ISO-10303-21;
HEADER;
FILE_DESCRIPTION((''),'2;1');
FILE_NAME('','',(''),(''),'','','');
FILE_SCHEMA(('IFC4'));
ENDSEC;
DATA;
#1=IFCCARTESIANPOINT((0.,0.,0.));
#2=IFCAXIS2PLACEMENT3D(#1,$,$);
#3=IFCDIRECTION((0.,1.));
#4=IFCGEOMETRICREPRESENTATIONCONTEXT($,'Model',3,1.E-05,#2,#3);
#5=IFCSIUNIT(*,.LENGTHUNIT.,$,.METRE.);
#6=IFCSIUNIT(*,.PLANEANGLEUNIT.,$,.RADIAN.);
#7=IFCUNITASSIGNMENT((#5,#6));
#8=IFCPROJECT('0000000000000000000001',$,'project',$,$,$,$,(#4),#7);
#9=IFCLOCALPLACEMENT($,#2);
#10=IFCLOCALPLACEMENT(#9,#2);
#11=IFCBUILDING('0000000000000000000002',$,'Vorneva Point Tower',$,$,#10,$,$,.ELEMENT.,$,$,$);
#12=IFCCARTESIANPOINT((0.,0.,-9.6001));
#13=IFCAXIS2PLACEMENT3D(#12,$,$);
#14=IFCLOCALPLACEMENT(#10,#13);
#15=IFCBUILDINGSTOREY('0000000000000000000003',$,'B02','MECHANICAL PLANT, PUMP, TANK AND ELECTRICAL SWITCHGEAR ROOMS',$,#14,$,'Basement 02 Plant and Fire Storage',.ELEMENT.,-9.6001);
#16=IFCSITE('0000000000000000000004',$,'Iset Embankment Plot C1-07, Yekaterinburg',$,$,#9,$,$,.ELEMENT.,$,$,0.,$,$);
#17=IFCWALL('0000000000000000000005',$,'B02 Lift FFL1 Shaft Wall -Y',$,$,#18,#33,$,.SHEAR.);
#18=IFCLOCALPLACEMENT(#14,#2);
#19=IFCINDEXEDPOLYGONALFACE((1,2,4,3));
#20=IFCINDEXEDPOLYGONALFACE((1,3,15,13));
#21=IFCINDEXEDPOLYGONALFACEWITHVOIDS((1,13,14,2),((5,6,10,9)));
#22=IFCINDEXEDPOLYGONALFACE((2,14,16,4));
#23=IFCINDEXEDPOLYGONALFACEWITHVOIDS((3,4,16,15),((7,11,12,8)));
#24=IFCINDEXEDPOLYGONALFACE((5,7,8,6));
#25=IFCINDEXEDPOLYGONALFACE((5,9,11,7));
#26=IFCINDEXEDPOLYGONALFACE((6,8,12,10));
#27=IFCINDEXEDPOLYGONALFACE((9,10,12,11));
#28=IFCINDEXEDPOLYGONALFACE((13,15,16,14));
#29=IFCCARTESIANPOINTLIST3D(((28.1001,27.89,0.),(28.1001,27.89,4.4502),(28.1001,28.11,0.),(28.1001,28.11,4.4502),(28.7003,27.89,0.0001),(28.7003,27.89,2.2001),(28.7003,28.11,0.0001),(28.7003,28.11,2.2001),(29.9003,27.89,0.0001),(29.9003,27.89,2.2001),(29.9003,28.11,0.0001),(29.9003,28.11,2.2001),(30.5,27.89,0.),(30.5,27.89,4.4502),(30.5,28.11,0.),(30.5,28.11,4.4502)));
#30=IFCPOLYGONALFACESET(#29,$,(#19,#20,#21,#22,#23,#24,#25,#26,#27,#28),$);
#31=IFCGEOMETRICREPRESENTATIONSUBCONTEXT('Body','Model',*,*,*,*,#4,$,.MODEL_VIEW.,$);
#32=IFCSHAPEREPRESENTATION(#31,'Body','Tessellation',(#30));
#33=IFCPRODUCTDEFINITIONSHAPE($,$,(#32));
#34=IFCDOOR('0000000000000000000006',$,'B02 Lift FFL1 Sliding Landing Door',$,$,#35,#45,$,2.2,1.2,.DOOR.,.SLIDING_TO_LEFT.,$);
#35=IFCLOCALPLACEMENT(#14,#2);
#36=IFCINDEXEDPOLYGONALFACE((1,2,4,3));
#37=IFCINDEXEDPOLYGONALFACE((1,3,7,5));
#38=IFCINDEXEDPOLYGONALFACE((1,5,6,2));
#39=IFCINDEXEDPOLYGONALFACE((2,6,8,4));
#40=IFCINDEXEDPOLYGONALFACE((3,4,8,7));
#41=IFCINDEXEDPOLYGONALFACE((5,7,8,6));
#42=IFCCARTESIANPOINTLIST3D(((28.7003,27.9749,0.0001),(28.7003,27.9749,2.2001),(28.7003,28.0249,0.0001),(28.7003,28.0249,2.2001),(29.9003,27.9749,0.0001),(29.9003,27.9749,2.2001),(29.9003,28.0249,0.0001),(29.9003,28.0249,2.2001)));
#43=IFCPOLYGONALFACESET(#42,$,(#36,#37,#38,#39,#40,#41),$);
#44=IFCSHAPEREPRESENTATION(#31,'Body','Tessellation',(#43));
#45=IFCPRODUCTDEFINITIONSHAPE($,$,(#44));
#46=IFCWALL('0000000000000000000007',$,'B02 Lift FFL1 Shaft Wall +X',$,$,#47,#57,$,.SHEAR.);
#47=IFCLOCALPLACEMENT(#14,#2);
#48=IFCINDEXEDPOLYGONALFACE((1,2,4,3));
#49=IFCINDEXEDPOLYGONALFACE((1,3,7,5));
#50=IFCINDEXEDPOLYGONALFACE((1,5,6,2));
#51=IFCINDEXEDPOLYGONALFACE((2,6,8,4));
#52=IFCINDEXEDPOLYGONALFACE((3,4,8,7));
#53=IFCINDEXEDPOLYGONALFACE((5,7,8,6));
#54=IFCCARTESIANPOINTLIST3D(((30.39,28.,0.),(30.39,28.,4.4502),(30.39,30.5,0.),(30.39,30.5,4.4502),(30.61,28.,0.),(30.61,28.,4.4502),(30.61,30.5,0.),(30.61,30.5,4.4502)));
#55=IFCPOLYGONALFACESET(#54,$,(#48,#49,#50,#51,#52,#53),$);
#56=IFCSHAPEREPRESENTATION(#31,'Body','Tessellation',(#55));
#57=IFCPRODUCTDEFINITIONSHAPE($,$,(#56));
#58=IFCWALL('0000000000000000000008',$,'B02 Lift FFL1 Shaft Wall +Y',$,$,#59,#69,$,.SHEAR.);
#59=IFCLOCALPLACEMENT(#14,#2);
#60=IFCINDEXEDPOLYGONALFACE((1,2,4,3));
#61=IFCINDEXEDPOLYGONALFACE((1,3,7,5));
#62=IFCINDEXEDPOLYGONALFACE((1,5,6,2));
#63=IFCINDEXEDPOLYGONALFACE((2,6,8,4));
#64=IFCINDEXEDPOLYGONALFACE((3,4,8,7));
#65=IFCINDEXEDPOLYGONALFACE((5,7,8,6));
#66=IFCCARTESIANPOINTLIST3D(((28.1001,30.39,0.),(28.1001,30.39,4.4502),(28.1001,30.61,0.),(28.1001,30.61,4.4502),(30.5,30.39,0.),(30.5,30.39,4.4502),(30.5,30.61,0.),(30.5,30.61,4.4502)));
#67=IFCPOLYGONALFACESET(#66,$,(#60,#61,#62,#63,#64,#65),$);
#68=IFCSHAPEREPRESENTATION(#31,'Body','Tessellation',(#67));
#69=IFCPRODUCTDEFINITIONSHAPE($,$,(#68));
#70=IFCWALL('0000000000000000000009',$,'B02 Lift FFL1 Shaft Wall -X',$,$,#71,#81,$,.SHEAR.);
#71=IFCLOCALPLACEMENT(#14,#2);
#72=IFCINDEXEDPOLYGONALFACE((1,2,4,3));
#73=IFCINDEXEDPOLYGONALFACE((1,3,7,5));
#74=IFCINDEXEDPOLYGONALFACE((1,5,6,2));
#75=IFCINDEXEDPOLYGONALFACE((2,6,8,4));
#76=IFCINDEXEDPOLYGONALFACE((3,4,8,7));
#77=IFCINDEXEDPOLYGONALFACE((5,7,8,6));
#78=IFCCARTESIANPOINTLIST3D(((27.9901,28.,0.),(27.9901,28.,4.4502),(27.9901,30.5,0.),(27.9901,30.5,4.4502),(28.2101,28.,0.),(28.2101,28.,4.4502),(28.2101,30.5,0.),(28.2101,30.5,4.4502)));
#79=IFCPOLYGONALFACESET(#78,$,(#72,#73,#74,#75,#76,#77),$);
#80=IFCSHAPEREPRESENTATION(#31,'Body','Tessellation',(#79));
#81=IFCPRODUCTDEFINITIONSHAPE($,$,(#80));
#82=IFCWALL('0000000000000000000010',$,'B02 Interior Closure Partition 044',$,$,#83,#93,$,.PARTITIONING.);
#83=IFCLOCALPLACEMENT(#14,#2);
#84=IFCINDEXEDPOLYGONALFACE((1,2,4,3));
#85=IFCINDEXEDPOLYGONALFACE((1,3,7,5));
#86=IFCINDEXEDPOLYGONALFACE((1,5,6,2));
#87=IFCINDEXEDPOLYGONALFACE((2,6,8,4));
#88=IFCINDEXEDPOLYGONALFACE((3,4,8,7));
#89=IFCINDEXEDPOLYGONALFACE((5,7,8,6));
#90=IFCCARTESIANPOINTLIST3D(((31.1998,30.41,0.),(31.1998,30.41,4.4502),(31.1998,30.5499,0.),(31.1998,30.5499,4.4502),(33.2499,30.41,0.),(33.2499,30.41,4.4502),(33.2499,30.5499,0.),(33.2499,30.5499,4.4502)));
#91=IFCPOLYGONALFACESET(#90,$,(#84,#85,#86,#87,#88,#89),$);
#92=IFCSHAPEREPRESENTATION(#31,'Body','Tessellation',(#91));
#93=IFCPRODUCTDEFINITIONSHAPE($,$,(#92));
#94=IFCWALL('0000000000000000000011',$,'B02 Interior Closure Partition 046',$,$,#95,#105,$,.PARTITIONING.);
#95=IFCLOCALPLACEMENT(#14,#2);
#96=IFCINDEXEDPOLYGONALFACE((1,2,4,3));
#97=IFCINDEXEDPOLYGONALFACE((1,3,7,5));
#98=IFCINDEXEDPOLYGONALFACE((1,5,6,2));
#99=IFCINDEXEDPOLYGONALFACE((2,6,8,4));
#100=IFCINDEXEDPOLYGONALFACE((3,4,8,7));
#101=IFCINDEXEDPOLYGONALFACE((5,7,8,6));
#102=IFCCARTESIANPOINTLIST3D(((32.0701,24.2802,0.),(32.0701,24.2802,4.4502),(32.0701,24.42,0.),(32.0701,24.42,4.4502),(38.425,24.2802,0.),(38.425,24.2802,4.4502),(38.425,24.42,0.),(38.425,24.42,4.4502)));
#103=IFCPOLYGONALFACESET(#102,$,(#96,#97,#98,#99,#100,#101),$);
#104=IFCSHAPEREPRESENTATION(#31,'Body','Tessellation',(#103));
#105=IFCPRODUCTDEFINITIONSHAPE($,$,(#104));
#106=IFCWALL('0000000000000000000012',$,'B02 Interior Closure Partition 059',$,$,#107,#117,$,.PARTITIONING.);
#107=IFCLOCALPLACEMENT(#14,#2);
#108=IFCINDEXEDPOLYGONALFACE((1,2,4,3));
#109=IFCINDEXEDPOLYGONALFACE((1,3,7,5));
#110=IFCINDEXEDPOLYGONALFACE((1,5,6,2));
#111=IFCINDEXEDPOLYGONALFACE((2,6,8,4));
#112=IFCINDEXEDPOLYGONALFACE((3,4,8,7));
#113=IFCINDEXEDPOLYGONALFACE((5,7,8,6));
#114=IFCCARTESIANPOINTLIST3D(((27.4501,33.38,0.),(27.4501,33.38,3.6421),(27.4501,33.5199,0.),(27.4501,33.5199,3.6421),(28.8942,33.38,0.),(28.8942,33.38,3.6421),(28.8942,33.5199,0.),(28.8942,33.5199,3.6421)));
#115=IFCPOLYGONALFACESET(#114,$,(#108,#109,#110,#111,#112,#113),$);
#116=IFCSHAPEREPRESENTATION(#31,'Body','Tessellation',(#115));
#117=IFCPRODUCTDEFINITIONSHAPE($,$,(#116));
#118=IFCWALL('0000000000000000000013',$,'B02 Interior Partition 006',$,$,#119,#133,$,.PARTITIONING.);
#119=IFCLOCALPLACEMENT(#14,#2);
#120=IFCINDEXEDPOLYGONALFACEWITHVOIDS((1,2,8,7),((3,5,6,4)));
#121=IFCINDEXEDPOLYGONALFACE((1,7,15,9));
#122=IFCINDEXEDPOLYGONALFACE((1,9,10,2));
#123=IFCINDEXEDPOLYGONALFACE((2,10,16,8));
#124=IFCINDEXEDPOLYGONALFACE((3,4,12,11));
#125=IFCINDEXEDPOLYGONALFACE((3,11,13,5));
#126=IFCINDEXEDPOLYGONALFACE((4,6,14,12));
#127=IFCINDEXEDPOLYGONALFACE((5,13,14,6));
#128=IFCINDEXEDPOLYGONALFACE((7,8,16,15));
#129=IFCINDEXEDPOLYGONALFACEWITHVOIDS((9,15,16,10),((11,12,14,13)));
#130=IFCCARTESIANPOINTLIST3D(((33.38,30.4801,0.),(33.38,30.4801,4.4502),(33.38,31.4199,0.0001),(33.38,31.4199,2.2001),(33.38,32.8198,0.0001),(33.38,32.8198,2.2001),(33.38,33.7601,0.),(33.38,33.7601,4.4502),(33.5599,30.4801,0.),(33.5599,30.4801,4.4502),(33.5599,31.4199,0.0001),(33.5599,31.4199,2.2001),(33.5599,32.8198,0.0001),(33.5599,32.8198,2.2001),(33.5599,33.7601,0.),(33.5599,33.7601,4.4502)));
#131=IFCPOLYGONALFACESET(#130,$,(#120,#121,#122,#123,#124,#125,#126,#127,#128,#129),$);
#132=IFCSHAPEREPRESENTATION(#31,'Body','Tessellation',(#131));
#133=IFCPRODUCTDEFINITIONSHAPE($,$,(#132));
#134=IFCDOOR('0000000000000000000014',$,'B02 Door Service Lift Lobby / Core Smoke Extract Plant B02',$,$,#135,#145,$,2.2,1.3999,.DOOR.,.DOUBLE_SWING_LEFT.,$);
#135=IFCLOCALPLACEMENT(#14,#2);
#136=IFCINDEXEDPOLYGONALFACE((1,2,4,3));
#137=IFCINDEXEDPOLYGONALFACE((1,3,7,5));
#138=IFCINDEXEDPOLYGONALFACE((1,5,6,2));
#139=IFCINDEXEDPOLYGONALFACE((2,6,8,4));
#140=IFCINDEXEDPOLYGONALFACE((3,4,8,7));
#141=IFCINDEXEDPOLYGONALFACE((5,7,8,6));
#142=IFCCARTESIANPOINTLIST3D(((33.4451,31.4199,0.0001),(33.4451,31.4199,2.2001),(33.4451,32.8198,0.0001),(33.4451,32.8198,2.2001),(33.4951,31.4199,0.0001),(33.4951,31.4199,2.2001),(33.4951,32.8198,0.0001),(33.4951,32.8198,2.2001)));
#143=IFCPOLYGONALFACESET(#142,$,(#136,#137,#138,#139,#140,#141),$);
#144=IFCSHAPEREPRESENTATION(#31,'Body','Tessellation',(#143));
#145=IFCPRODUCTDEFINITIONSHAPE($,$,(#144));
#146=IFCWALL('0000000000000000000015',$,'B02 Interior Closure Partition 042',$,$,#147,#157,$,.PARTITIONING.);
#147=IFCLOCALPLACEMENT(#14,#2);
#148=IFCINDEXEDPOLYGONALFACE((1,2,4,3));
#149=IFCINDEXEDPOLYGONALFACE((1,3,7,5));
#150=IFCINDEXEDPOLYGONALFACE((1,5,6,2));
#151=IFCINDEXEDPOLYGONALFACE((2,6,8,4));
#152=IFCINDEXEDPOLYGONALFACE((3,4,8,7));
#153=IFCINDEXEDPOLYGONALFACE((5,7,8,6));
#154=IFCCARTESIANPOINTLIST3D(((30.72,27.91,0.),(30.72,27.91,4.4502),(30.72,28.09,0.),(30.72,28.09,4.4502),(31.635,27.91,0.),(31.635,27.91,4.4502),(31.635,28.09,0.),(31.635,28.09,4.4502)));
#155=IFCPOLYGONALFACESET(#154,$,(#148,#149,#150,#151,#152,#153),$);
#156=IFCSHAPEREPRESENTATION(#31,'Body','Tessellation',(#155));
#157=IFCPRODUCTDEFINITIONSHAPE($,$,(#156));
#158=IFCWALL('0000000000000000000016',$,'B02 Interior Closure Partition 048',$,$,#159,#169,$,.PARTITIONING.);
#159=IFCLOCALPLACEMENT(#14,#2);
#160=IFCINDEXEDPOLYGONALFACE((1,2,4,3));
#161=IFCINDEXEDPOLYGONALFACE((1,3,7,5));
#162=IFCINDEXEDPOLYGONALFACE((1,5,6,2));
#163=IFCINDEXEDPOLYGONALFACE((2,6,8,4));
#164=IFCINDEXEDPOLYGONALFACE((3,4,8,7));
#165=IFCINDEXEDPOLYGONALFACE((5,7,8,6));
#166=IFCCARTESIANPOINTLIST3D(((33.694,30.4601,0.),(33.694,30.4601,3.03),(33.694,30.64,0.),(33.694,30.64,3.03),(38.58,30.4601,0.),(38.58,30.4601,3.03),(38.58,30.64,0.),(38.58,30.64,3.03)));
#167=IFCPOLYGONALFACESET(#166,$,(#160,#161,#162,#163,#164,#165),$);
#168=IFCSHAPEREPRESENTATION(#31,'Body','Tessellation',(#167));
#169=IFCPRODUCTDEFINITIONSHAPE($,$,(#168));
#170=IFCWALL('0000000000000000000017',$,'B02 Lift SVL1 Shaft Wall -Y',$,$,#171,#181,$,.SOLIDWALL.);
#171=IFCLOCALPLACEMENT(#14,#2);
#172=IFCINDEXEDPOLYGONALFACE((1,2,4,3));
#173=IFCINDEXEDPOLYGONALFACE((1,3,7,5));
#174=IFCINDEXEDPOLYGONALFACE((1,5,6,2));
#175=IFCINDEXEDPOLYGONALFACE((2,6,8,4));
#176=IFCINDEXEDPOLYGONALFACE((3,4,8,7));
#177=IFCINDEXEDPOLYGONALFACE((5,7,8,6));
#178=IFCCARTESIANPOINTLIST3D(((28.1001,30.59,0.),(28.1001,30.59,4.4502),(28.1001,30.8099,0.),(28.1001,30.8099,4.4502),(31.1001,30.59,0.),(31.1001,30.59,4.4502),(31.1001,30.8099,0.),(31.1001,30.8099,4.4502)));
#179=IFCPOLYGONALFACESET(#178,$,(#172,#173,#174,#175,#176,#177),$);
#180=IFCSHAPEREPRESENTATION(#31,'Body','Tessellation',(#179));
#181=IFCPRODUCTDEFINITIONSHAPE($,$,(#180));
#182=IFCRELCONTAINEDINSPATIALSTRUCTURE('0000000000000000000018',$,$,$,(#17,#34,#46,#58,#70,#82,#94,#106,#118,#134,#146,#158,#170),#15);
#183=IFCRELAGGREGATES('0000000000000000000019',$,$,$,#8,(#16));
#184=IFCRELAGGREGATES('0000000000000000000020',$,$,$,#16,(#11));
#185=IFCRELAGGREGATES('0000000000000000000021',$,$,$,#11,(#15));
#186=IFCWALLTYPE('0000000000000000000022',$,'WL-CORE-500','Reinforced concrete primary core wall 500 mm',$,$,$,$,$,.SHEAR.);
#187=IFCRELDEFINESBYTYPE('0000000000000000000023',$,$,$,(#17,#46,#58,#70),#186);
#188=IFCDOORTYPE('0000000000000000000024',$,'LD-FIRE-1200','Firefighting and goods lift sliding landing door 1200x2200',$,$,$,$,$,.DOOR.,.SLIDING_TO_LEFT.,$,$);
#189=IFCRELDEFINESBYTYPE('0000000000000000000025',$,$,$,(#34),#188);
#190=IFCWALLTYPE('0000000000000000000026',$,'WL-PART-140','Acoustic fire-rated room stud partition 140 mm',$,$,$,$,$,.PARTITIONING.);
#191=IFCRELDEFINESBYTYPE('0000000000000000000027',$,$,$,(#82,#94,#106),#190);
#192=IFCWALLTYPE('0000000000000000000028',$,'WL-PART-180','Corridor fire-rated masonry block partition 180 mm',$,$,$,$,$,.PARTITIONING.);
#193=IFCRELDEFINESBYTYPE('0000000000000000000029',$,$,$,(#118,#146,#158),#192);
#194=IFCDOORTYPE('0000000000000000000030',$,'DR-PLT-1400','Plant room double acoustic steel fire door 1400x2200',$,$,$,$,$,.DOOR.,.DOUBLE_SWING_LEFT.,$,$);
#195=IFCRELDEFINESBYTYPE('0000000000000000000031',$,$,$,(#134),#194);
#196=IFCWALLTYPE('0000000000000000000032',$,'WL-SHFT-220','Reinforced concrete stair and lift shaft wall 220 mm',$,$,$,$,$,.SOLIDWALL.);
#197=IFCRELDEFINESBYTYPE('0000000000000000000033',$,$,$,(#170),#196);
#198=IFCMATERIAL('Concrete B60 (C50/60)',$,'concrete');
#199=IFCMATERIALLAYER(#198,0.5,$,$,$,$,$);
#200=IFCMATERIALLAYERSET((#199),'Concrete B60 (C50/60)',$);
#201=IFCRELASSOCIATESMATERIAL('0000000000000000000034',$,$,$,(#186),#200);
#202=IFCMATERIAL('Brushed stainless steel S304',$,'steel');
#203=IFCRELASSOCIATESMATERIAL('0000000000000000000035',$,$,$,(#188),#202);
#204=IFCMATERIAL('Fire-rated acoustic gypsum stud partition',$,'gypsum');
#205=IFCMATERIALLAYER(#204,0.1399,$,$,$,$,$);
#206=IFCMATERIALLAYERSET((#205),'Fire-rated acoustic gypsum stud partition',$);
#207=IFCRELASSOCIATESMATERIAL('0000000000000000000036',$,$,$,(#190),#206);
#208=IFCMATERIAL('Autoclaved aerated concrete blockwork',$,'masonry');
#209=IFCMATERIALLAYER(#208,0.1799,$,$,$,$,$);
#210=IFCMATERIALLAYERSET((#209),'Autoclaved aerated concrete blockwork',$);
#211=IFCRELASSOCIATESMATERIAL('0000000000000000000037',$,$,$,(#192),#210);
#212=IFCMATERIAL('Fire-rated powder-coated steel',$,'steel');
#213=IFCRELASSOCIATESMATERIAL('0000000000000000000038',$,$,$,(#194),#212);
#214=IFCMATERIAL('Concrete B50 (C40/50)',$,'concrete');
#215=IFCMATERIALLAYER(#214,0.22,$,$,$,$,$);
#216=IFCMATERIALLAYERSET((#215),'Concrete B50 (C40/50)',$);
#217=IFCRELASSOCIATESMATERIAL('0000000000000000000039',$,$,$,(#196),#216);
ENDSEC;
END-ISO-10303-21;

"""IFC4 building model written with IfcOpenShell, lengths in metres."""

from ifc_helpers import new_model, si_unit, direction, frame, frame_2d, origin, place, context, subcontext, project, spatial, rectangle, extrude, material, layer, layer_set, type_object, element, fill, save


model = new_model("IFC4")

# Units and contexts
model_context = context("Model", 3, precision=1e-05, world=origin(), true_north=direction((0.0, 1.0)))
body_context = subcontext(model_context, "Body", "Model", "MODEL_VIEW")
ifc_project = project(units=[si_unit("LENGTHUNIT", "METRE"), si_unit("PLANEANGLEUNIT", "RADIAN")], contexts=[model_context])

# Site, building, storey
site_placement = place(None, origin())
site = spatial("IfcSite", under=ifc_project, at=site_placement, Name="Iset Embankment Plot C1-07, Yekaterinburg", CompositionType="ELEMENT", RefElevation=0.0)
building_placement = place(site_placement, origin())
building = spatial("IfcBuilding", under=site, at=building_placement, Name="Vorneva Point Tower", CompositionType="ELEMENT")
storey_placement = place(building_placement, frame((0.0, 0.0, -9.6001)))
storey = spatial("IfcBuildingStorey", under=building, at=storey_placement, Name="B02", Description="MECHANICAL PLANT, PUMP, TANK AND ELECTRICAL SWITCHGEAR ROOMS", LongName="Basement 02 Plant and Fire Storage", CompositionType="ELEMENT", Elevation=-9.6001)

# Shared definitions
ifc_material_1 = material(Name="Concrete B50 (C40/50)", Category="concrete")

# Shared definitions
ifc_material_2 = material(Name="Concrete B60 (C50/60)", Category="concrete")

# Wall, opening, door
ifc_layer_1 = layer(ifc_material_2, 0.5)
ifc_layer_set_1 = layer_set([ifc_layer_1], Name="Concrete B60 (C50/60)")
wall_type_1 = type_object("IfcWallType", Name="WL-CORE-500", Description="Reinforced concrete primary core wall 500 mm", PredefinedType="SHEAR", material=ifc_layer_set_1)
wall_1_placement = place(storey_placement, frame((28.1001, 28.0, 0.0), z_axis=(0.0, 0.0, 1.0), x_axis=(1.0, 0.0, 0.0)))
wall_1 = element("IfcWall", 1, at=wall_1_placement, inside=storey, type_object=wall_type_1, Name="B02 Lift FFL1 Shaft Wall -Y", PredefinedType="SHEAR", context=body_context, shape_type="SweptSolid", body=[
    extrude(rectangle(XDim=2.3999, YDim=0.22, at=frame_2d((1.2, 0.0))), origin(), (0.0, 0.0, 1.0), 4.4502),
])
opening_1_placement = place(wall_1_placement, frame((0.6001, 0.0, 0.0)))
opening_1 = element("IfcOpeningElement", 2, at=opening_1_placement, cuts=wall_1, PredefinedType="OPENING", context=body_context, shape_type="SweptSolid", body=[
    extrude(rectangle(XDim=1.2, YDim=2.2, at=frame_2d((0.6001, 1.1001))), frame((0.0, 0.125, 0.0), z_axis=(0.0, -1.0, 0.0), x_axis=(1.0, 0.0, 0.0)), (0.0, 0.0, 1.0), 0.2498),
])
ifc_material_3 = material(Name="Brushed stainless steel S304", Category="steel")
door_type_1 = type_object("IfcDoorType", Name="LD-FIRE-1200", Description="Firefighting and goods lift sliding landing door 1200x2200", OperationType="SLIDING_TO_LEFT", PredefinedType="DOOR", material=ifc_material_3)
door_1_placement = place(opening_1_placement, origin())
door_1 = element("IfcDoor", 3, at=door_1_placement, inside=storey, type_object=door_type_1, Name="B02 Lift FFL1 Sliding Landing Door", OperationType="SLIDING_TO_LEFT", OverallHeight=2.2, OverallWidth=1.2, PredefinedType="DOOR", context=body_context, shape_type="SweptSolid", body=[
    extrude(rectangle(XDim=1.2, YDim=2.2, at=frame_2d((0.6001, 1.1001))), frame((0.0, 0.0249, 0.0), z_axis=(0.0, -1.0, 0.0), x_axis=(1.0, 0.0, 0.0)), (0.0, 0.0, 1.0), 0.05),
])
fill(opening_1, door_1)

# Walls
wall_2_placement = place(storey_placement, frame((30.5, 28.0, 0.0), z_axis=(0.0, 0.0, 1.0), x_axis=(0.0, 1.0, 0.0)))
element("IfcWall", 4, at=wall_2_placement, inside=storey, type_object=wall_type_1, Name="B02 Lift FFL1 Shaft Wall +X", PredefinedType="SHEAR", context=body_context, shape_type="SweptSolid", body=[
    extrude(rectangle(XDim=2.5, YDim=0.22, at=frame_2d((1.25, 0.0))), origin(), (0.0, 0.0, 1.0), 4.4502),
])
wall_3_placement = place(storey_placement, frame((30.5, 30.5, 0.0), z_axis=(0.0, 0.0, 1.0), x_axis=(-1.0, 0.0, 0.0)))
element("IfcWall", 5, at=wall_3_placement, inside=storey, type_object=wall_type_1, Name="B02 Lift FFL1 Shaft Wall +Y", PredefinedType="SHEAR", context=body_context, shape_type="SweptSolid", body=[
    extrude(rectangle(XDim=2.3999, YDim=0.22, at=frame_2d((1.2, 0.0))), origin(), (0.0, 0.0, 1.0), 4.4502),
])
wall_4_placement = place(storey_placement, frame((28.1001, 30.5, 0.0), z_axis=(0.0, 0.0, 1.0), x_axis=(0.0, -1.0, 0.0)))
element("IfcWall", 6, at=wall_4_placement, inside=storey, type_object=wall_type_1, Name="B02 Lift FFL1 Shaft Wall -X", PredefinedType="SHEAR", context=body_context, shape_type="SweptSolid", body=[
    extrude(rectangle(XDim=2.5, YDim=0.22, at=frame_2d((1.25, 0.0))), origin(), (0.0, 0.0, 1.0), 4.4502),
])
ifc_material_4 = material(Name="Fire-rated acoustic gypsum stud partition", Category="gypsum")
ifc_layer_2 = layer(ifc_material_4, 0.1399)
ifc_layer_set_2 = layer_set([ifc_layer_2], Name="Fire-rated acoustic gypsum stud partition")
wall_type_2 = type_object("IfcWallType", Name="WL-PART-140", Description="Acoustic fire-rated room stud partition 140 mm", PredefinedType="PARTITIONING", material=ifc_layer_set_2)
wall_5_placement = place(storey_placement, frame((31.2, 30.48, 0.0), z_axis=(0.0, 0.0, 1.0), x_axis=(1.0, 0.0, 0.0)))
element("IfcWall", 7, at=wall_5_placement, inside=storey, type_object=wall_type_2, Name="B02 Interior Closure Partition 044", PredefinedType="PARTITIONING", context=body_context, shape_type="SweptSolid", body=[
    extrude(rectangle(XDim=2.05, YDim=0.1399, at=frame_2d((1.0249, 0.0))), origin(), (0.0, 0.0, 1.0), 4.4502),
])
wall_6_placement = place(storey_placement, frame((32.0701, 24.3501, 0.0), z_axis=(0.0, 0.0, 1.0), x_axis=(1.0, 0.0, 0.0)))
element("IfcWall", 8, at=wall_6_placement, inside=storey, type_object=wall_type_2, Name="B02 Interior Closure Partition 046", PredefinedType="PARTITIONING", context=body_context, shape_type="SweptSolid", body=[
    extrude(rectangle(XDim=6.355, YDim=0.1399, at=frame_2d((3.1775, 0.0))), origin(), (0.0, 0.0, 1.0), 4.4502),
])
wall_7_placement = place(storey_placement, frame((27.45, 33.45, 0.0), z_axis=(0.0, 0.0, 1.0), x_axis=(1.0, 0.0, 0.0)))
element("IfcWall", 9, at=wall_7_placement, inside=storey, type_object=wall_type_2, Name="B02 Interior Closure Partition 059", PredefinedType="PARTITIONING", context=body_context, shape_type="SweptSolid", body=[
    extrude(rectangle(XDim=1.4441, YDim=0.1399, at=frame_2d((0.7222, 0.0))), origin(), (0.0, 0.0, 1.0), 3.6421),
])

# Wall, opening, door
ifc_material_5 = material(Name="Autoclaved aerated concrete blockwork", Category="masonry")
ifc_layer_3 = layer(ifc_material_5, 0.1799)
ifc_layer_set_3 = layer_set([ifc_layer_3], Name="Autoclaved aerated concrete blockwork")
wall_type_3 = type_object("IfcWallType", Name="WL-PART-180", Description="Corridor fire-rated masonry block partition 180 mm", PredefinedType="PARTITIONING", material=ifc_layer_set_3)
ifc_material_6 = material(Name="Fire-rated powder-coated steel", Category="steel")
wall_8_placement = place(storey_placement, frame((33.47, 30.48, 0.0), z_axis=(0.0, 0.0, 1.0), x_axis=(0.0, 1.0, 0.0)))
wall_8 = element("IfcWall", 10, at=wall_8_placement, inside=storey, type_object=wall_type_3, Name="B02 Interior Partition 006", PredefinedType="PARTITIONING", context=body_context, shape_type="SweptSolid", body=[
    extrude(rectangle(XDim=3.28, YDim=0.1799, at=frame_2d((1.6401, 0.0))), origin(), (0.0, 0.0, 1.0), 4.4502),
])
opening_2_placement = place(wall_8_placement, frame((0.9399, 0.0, 0.0)))
opening_2 = element("IfcOpeningElement", 11, at=opening_2_placement, cuts=wall_8, PredefinedType="OPENING", context=body_context, shape_type="SweptSolid", body=[
    extrude(rectangle(XDim=1.3999, YDim=2.2, at=frame_2d((0.7, 1.1001))), frame((0.0, 0.105, 0.0), z_axis=(0.0, -1.0, 0.0), x_axis=(1.0, 0.0, 0.0)), (0.0, 0.0, 1.0), 0.2097),
])
door_type_2 = type_object("IfcDoorType", Name="DR-PLT-1400", Description="Plant room double acoustic steel fire door 1400x2200", OperationType="DOUBLE_SWING_LEFT", PredefinedType="DOOR", material=ifc_material_6)
door_2_placement = place(opening_2_placement, origin())
door_2 = element("IfcDoor", 12, at=door_2_placement, inside=storey, type_object=door_type_2, Name="B02 Door Service Lift Lobby / Core Smoke Extract Plant B02", OperationType="DOUBLE_SWING_LEFT", OverallHeight=2.2, OverallWidth=1.3999, PredefinedType="DOOR", context=body_context, shape_type="SweptSolid", body=[
    extrude(rectangle(XDim=1.3999, YDim=2.2, at=frame_2d((0.7, 1.1001))), frame((0.0, 0.0249, 0.0), z_axis=(0.0, -1.0, 0.0), x_axis=(1.0, 0.0, 0.0)), (0.0, 0.0, 1.0), 0.05),
])
fill(opening_2, door_2)

# Walls
wall_9_placement = place(storey_placement, frame((31.635, 28.0, 0.0), z_axis=(0.0, 0.0, 1.0), x_axis=(-1.0, 0.0, 0.0)))
element("IfcWall", 13, at=wall_9_placement, inside=storey, type_object=wall_type_3, Name="B02 Interior Closure Partition 042", PredefinedType="PARTITIONING", context=body_context, shape_type="SweptSolid", body=[
    extrude(rectangle(XDim=0.915, YDim=0.1799, at=frame_2d((0.4575, 0.0))), origin(), (0.0, 0.0, 1.0), 4.4502),
])
wall_10_placement = place(storey_placement, frame((33.6941, 30.55, 0.0), z_axis=(0.0, 0.0, 1.0), x_axis=(1.0, 0.0, 0.0)))
element("IfcWall", 14, at=wall_10_placement, inside=storey, type_object=wall_type_3, Name="B02 Interior Closure Partition 048", PredefinedType="PARTITIONING", context=body_context, shape_type="SweptSolid", body=[
    extrude(rectangle(XDim=4.886, YDim=0.1799, at=frame_2d((2.4429, 0.0))), origin(), (0.0, 0.0, 1.0), 3.03),
])
ifc_layer_4 = layer(ifc_material_1, 0.22)
ifc_layer_set_4 = layer_set([ifc_layer_4], Name="Concrete B50 (C40/50)")
wall_type_4 = type_object("IfcWallType", Name="WL-SHFT-220", Description="Reinforced concrete stair and lift shaft wall 220 mm", PredefinedType="SOLIDWALL", material=ifc_layer_set_4)
wall_11_placement = place(storey_placement, frame((28.1001, 30.7, 0.0), z_axis=(0.0, 0.0, 1.0), x_axis=(1.0, 0.0, 0.0)))
element("IfcWall", 15, at=wall_11_placement, inside=storey, type_object=wall_type_4, Name="B02 Lift SVL1 Shaft Wall -Y", PredefinedType="SOLIDWALL", context=body_context, shape_type="SweptSolid", body=[
    extrude(rectangle(XDim=3.0, YDim=0.22, at=frame_2d((1.5, 0.0))), origin(), (0.0, 0.0, 1.0), 4.4502),
])

save(model, "model.ifc")
